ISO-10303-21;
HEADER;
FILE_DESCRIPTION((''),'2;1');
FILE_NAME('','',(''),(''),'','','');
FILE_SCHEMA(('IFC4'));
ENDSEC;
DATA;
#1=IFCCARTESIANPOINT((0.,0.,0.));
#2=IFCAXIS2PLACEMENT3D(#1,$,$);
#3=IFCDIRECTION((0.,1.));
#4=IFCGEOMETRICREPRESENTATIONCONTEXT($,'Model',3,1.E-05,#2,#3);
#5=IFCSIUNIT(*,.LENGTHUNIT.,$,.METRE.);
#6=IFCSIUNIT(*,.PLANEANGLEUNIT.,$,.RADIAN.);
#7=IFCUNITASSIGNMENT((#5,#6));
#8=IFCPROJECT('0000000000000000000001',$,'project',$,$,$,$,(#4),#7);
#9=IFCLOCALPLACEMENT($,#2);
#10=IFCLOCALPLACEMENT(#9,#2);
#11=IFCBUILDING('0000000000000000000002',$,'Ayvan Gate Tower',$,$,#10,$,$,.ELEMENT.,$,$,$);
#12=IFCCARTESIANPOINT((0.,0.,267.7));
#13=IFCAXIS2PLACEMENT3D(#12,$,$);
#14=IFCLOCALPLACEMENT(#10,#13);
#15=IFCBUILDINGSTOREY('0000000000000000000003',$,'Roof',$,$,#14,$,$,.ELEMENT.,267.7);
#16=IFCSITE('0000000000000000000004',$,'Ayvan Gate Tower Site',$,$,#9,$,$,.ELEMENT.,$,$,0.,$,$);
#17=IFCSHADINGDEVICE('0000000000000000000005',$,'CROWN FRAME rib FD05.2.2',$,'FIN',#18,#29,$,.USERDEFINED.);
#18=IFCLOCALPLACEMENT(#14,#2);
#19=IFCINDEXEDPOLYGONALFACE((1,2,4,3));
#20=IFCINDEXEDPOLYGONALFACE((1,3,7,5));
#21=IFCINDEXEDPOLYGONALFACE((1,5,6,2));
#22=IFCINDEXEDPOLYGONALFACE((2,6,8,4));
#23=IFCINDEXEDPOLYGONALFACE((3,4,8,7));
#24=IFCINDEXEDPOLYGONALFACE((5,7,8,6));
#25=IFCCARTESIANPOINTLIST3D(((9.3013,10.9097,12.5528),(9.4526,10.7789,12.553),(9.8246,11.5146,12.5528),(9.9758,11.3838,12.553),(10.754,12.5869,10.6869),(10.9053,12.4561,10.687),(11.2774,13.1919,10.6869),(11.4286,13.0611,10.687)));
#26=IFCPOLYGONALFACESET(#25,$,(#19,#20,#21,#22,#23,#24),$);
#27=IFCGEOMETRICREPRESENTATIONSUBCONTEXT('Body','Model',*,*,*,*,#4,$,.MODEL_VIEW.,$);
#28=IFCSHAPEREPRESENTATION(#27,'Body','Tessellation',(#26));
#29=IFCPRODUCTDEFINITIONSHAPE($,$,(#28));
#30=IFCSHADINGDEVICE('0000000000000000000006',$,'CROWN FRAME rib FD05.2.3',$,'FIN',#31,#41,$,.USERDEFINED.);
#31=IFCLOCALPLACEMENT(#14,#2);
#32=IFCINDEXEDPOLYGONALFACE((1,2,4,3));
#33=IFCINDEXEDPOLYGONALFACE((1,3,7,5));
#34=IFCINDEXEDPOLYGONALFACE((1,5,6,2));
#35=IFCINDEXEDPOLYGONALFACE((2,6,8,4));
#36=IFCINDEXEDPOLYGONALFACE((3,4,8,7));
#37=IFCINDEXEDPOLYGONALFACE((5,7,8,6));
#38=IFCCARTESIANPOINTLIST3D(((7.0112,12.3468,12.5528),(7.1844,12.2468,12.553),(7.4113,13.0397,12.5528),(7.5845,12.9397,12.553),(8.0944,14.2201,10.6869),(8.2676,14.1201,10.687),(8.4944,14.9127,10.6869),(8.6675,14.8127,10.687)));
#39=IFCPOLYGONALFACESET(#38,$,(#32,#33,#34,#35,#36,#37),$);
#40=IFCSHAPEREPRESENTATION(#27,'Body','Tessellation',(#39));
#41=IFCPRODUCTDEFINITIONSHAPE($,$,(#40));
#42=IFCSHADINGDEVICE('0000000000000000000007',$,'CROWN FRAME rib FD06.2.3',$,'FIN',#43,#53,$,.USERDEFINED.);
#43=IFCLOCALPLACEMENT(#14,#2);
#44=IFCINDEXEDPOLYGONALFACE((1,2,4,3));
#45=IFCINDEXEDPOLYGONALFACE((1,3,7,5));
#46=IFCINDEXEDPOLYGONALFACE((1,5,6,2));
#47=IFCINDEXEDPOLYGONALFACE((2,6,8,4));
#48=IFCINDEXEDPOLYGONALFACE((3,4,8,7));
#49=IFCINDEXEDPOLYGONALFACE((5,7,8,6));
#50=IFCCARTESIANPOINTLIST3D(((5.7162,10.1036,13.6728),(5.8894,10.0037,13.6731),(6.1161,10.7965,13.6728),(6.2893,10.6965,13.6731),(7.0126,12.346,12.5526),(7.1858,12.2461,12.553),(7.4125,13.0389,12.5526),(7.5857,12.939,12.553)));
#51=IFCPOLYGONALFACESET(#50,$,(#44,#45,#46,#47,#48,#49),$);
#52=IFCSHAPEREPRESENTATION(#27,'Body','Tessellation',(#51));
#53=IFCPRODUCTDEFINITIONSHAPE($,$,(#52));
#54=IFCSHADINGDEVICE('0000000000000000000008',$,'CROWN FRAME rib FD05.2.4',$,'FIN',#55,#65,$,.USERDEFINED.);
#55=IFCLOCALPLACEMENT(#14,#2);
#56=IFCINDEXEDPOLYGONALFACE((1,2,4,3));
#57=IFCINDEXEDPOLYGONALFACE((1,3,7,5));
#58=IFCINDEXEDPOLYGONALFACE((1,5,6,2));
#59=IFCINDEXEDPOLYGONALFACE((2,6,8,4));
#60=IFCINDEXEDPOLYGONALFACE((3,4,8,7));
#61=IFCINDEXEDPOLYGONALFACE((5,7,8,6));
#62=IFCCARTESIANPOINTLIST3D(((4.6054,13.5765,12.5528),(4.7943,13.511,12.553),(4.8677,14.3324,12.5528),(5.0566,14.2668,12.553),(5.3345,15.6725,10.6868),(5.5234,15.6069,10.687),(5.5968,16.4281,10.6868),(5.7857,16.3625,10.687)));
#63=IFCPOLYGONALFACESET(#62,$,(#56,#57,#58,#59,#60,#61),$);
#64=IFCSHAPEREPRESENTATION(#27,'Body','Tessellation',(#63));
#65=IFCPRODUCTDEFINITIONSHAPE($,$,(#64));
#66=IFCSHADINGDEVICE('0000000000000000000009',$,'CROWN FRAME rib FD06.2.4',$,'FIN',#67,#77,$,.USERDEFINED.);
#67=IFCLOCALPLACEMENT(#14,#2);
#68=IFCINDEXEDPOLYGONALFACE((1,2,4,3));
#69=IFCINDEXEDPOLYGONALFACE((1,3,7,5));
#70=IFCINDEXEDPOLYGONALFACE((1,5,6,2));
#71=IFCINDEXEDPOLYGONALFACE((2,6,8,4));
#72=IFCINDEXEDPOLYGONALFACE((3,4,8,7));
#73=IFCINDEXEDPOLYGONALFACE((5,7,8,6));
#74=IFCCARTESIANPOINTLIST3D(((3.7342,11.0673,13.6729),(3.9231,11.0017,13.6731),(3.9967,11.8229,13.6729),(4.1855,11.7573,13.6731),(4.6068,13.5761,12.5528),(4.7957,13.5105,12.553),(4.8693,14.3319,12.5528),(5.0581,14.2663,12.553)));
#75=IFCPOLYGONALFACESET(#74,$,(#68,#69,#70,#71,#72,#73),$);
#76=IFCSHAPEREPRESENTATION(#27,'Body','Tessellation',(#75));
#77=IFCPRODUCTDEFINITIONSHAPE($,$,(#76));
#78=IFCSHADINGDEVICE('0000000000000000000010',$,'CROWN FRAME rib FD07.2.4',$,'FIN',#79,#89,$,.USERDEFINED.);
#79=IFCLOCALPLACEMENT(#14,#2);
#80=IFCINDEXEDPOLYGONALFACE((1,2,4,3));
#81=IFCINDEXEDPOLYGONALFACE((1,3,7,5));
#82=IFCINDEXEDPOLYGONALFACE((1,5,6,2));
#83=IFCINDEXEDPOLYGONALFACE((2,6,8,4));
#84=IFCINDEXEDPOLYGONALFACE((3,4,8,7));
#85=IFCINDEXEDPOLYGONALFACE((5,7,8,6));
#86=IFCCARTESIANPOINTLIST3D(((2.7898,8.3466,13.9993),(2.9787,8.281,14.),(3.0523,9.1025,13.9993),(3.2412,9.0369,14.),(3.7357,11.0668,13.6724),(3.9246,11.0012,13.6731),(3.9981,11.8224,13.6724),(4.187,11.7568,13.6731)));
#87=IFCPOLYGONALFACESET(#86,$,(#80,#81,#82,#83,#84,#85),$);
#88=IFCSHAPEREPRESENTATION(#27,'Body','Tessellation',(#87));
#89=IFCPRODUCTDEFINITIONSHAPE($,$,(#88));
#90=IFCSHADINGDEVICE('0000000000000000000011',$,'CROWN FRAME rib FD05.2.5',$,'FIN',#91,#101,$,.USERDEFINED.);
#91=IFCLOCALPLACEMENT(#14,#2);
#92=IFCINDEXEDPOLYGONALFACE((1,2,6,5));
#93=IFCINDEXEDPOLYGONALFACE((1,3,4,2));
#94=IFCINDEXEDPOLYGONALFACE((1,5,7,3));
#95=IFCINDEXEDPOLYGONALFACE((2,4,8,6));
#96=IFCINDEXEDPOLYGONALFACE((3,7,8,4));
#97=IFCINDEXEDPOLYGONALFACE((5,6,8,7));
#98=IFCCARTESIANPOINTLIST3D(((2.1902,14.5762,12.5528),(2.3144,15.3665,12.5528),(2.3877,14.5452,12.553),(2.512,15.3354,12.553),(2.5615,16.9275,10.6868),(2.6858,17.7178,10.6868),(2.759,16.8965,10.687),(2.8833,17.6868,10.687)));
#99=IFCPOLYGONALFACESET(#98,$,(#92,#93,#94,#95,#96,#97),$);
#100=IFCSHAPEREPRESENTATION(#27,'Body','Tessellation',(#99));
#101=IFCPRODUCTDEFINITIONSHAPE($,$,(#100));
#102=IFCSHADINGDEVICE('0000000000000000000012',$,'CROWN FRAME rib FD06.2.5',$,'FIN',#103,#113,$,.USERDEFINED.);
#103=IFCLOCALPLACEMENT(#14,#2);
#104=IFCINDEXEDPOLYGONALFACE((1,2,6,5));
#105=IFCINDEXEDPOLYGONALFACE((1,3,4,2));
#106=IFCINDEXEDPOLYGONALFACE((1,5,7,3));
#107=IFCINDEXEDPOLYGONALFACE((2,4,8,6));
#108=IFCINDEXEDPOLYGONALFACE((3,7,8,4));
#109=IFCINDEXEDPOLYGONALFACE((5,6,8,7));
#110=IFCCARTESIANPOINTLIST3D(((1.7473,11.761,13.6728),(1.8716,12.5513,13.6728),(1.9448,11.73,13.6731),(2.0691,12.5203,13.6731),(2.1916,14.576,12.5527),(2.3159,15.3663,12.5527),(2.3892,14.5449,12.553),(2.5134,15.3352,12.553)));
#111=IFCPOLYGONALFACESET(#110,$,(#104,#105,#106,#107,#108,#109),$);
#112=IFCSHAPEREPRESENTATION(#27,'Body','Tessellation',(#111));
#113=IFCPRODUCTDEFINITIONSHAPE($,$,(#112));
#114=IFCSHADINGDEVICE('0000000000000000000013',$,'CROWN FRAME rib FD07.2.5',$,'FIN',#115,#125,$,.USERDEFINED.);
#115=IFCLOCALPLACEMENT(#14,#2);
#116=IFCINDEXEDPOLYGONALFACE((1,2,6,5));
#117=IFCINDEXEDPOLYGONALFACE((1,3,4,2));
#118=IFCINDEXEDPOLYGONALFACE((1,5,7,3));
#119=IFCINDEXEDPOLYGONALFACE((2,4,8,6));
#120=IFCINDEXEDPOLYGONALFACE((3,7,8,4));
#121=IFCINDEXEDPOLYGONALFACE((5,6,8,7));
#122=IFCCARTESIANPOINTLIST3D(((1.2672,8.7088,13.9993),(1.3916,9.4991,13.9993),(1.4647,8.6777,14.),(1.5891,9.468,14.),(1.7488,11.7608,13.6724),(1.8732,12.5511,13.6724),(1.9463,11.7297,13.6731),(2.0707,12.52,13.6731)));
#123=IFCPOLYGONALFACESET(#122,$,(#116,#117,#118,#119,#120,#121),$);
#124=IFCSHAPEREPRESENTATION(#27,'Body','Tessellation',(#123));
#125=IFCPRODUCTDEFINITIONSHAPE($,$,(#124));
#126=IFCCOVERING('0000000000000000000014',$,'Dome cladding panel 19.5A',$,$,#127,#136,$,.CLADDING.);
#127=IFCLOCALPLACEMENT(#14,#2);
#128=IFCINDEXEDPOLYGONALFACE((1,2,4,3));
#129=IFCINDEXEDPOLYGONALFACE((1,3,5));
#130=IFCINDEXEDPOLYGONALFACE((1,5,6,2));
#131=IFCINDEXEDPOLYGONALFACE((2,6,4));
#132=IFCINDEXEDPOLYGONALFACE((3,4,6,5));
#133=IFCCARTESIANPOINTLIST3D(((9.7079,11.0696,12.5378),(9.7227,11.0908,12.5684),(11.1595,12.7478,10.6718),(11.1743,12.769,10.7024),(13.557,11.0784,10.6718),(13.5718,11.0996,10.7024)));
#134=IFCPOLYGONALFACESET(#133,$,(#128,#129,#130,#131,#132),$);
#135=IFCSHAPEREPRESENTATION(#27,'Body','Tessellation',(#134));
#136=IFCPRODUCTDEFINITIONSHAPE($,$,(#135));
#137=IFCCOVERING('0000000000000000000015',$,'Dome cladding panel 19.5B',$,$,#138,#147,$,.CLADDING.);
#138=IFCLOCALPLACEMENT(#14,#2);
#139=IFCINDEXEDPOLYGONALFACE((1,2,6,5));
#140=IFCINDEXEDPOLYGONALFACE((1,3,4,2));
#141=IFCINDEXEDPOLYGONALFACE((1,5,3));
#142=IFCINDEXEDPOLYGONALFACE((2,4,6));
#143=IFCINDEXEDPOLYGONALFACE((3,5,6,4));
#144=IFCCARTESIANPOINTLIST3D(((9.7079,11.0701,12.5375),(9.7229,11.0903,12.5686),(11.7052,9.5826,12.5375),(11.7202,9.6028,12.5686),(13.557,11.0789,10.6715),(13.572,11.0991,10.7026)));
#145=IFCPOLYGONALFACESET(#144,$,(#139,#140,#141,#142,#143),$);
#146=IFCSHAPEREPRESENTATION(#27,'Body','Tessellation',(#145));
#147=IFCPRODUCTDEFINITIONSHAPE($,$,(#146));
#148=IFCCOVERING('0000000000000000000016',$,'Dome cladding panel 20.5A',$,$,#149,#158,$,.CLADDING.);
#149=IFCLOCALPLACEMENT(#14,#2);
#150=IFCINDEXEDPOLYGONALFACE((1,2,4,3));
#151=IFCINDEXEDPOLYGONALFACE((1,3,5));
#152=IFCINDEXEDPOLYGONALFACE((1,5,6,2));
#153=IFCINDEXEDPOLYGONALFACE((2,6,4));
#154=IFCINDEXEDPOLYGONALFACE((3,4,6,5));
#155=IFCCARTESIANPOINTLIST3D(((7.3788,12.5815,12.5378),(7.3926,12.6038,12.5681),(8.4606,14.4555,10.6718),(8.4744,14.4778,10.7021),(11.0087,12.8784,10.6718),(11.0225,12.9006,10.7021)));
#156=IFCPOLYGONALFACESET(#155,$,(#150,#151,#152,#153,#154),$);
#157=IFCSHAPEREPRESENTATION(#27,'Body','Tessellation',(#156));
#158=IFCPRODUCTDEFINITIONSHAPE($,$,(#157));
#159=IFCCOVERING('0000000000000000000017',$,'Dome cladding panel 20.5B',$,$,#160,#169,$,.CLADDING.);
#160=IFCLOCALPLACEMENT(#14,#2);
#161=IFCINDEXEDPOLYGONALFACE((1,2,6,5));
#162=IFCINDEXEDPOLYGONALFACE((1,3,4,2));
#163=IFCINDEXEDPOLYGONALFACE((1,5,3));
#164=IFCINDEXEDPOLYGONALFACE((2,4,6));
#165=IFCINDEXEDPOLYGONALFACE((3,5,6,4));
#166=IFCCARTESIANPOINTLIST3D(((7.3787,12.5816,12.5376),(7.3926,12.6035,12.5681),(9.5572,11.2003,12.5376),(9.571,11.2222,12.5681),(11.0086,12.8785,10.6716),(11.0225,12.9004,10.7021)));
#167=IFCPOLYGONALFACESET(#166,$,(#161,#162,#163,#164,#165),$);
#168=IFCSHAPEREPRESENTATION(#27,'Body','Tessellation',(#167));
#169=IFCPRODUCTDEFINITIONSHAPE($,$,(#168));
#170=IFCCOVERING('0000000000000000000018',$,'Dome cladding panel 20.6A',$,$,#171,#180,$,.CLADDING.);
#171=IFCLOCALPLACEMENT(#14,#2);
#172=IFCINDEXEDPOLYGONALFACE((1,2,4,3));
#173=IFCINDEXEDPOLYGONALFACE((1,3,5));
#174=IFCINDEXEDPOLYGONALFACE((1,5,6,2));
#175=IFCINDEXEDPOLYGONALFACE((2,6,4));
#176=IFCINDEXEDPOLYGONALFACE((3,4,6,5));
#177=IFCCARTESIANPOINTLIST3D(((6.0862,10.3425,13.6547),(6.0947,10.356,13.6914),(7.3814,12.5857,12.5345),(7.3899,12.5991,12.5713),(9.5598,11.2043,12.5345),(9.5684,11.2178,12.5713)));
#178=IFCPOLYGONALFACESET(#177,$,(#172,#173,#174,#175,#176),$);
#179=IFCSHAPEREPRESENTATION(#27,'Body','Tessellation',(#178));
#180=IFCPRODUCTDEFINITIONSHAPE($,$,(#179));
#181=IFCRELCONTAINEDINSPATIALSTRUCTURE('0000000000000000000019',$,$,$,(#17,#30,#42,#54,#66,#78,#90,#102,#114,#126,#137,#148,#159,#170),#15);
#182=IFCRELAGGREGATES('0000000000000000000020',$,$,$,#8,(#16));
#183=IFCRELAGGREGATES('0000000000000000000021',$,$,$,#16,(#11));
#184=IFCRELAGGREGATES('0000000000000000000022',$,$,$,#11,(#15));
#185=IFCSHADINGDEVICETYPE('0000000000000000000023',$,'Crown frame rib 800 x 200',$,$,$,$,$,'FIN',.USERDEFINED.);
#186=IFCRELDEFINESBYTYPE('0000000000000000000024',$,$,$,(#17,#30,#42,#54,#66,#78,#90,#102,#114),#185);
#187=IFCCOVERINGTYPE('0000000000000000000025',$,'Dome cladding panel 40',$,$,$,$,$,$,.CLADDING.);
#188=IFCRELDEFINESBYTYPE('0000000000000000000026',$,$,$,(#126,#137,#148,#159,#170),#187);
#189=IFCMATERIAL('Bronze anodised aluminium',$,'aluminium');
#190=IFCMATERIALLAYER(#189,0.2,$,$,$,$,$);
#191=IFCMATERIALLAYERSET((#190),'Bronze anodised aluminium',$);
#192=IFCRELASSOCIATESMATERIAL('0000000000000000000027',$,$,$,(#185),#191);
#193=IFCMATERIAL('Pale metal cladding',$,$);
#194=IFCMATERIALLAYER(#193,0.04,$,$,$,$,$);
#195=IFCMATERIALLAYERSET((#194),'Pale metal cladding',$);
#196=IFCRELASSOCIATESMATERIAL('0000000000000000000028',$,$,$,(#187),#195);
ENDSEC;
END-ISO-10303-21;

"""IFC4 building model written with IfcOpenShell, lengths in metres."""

from ifc_helpers import new_model, si_unit, direction, frame, origin, place, context, subcontext, project, spatial, polyline, outline, extrude, material, layer, layer_set, type_object, element, save


model = new_model("IFC4")

# Units and contexts
model_context = context("Model", 3, precision=1e-05, world=origin(), true_north=direction((0.0, 1.0)))
body_context = subcontext(model_context, "Body", "Model", "MODEL_VIEW")
ifc_project = project(units=[si_unit("LENGTHUNIT", "METRE"), si_unit("PLANEANGLEUNIT", "RADIAN")], contexts=[model_context])

# Site, building, storey
site_placement = place(None, origin())
site = spatial("IfcSite", under=ifc_project, at=site_placement, Name="Ayvan Gate Tower Site", CompositionType="ELEMENT", RefElevation=0.0)
building_placement = place(site_placement, origin())
building = spatial("IfcBuilding", under=site, at=building_placement, Name="Ayvan Gate Tower", CompositionType="ELEMENT")
storey_placement = place(building_placement, frame((0.0, 0.0, 267.7)))
storey = spatial("IfcBuildingStorey", under=building, at=storey_placement, Name="Roof", CompositionType="ELEMENT", Elevation=267.7)

# Shading devices
ifc_material_1 = material(Name="Bronze anodised aluminium", Category="aluminium")
ifc_layer_1 = layer(ifc_material_1, 0.2)
ifc_layer_set_1 = layer_set([ifc_layer_1], Name="Bronze anodised aluminium")
shading_device_type = type_object("IfcShadingDeviceType", Name="Crown frame rib 800 x 200", ElementType="FIN", PredefinedType="USERDEFINED", material=ifc_layer_set_1)
shading_device_1_placement = place(storey_placement, frame((10.9053, 12.4561, 10.687), z_axis=(0.756308, -0.654215, 0.000778), x_axis=(0.654216, 0.756308, 0.0)))
element("IfcShadingDevice", 1, at=shading_device_1_placement, inside=storey, type_object=shading_device_type, Name="CROWN FRAME rib FD05.2.2", ObjectType="FIN", PredefinedType="USERDEFINED", context=body_context, shape_type="SweptSolid", body=[
    extrude(outline(polyline([(0.0, 0.0), (0.8, 0.0), (-1.419, 1.866), (-2.2189, 1.866), (0.0, 0.0)])), origin(), (0.0, 0.0, -1.0), 0.2),
])
shading_device_2_placement = place(storey_placement, frame((8.2676, 14.1201, 10.687), z_axis=(0.86599, -0.500061, 0.000686), x_axis=(0.500061, 0.86599, 0.0)))
element("IfcShadingDevice", 2, at=shading_device_2_placement, inside=storey, type_object=shading_device_type, Name="CROWN FRAME rib FD05.2.3", ObjectType="FIN", PredefinedType="USERDEFINED", context=body_context, shape_type="SweptSolid", body=[
    extrude(outline(polyline([(0.0, 0.0), (0.7998, 0.0), (-1.3638, 1.866), (-2.1639, 1.866), (0.0, 0.0)])), origin(), (0.0, 0.0, -1.0), 0.2),
])
shading_device_3_placement = place(storey_placement, frame((7.1858, 12.2461, 12.553), z_axis=(0.866093, -0.49988, 0.001646), x_axis=(0.499881, 0.866094, 0.0)))
element("IfcShadingDevice", 3, at=shading_device_3_placement, inside=storey, type_object=shading_device_type, Name="CROWN FRAME rib FD06.2.3", ObjectType="FIN", PredefinedType="USERDEFINED", context=body_context, shape_type="SweptSolid", body=[
    extrude(outline(polyline([(0.0, 0.0), (0.8, 0.0), (-1.7902, 1.1201), (-2.5902, 1.1201), (0.0, 0.0)])), origin(), (0.0, 0.0, -1.0), 0.2),
])
shading_device_4_placement = place(storey_placement, frame((5.5234, 15.6069, 10.687), z_axis=(0.944704, -0.327923, 0.000825), x_axis=(0.327923, 0.944705, 0.0)))
element("IfcShadingDevice", 4, at=shading_device_4_placement, inside=storey, type_object=shading_device_type, Name="CROWN FRAME rib FD05.2.4", ObjectType="FIN", PredefinedType="USERDEFINED", context=body_context, shape_type="SweptSolid", body=[
    extrude(outline(polyline([(0.0, 0.0), (0.7998, 0.0), (-1.4191, 1.866), (-2.2192, 1.866), (0.0, 0.0)])), origin(), (0.0, 0.0, -1.0), 0.2),
])
shading_device_5_placement = place(storey_placement, frame((4.7957, 13.5105, 12.553), z_axis=(0.944657, -0.328059, 0.00107), x_axis=(0.328059, 0.944657, 0.0)))
element("IfcShadingDevice", 5, at=shading_device_5_placement, inside=storey, type_object=shading_device_type, Name="CROWN FRAME rib FD06.2.4", ObjectType="FIN", PredefinedType="USERDEFINED", context=body_context, shape_type="SweptSolid", body=[
    extrude(outline(polyline([(0.0, 0.0), (0.8001, 0.0), (-1.8563, 1.1201), (-2.6562, 1.1201), (0.0, 0.0)])), origin(), (0.0, 0.0, -1.0), 0.2),
])
shading_device_6_placement = place(storey_placement, frame((3.9246, 11.0012, 13.6731), z_axis=(0.944652, -0.328057, 0.003385), x_axis=(0.328059, 0.944657, 0.0)))
element("IfcShadingDevice", 6, at=shading_device_6_placement, inside=storey, type_object=shading_device_type, Name="CROWN FRAME rib FD07.2.4", ObjectType="FIN", PredefinedType="USERDEFINED", context=body_context, shape_type="SweptSolid", body=[
    extrude(outline(polyline([(0.0, 0.0), (0.7999, 0.0), (-2.0798, 0.3269), (-2.8799, 0.3269), (0.0, 0.0)])), origin(), (0.0, 0.0, -1.0), 0.2),
])
shading_device_7_placement = place(storey_placement, frame((2.759, 16.8965, 10.687), z_axis=(0.987861, -0.155336, 0.00085), x_axis=(0.155336, 0.987862, 0.0)))
element("IfcShadingDevice", 7, at=shading_device_7_placement, inside=storey, type_object=shading_device_type, Name="CROWN FRAME rib FD05.2.5", ObjectType="FIN", PredefinedType="USERDEFINED", context=body_context, shape_type="SweptSolid", body=[
    extrude(outline(polyline([(0.0, 0.0), (0.8, 0.0), (-1.5805, 1.866), (-2.3805, 1.866), (0.0, 0.0)])), origin(), (0.0, 0.0, -1.0), 0.2),
])
shading_device_8_placement = place(storey_placement, frame((2.3892, 14.5449, 12.553), z_axis=(0.987861, -0.155336, 0.001501), x_axis=(0.155336, 0.987862, 0.0)))
element("IfcShadingDevice", 8, at=shading_device_8_placement, inside=storey, type_object=shading_device_type, Name="CROWN FRAME rib FD06.2.5", ObjectType="FIN", PredefinedType="USERDEFINED", context=body_context, shape_type="SweptSolid", body=[
    extrude(outline(polyline([(0.0, 0.0), (0.8, 0.0), (-2.0498, 1.1201), (-2.8498, 1.1201), (0.0, 0.0)])), origin(), (0.0, 0.0, -1.0), 0.2),
])
shading_device_9_placement = place(storey_placement, frame((1.9463, 11.7297, 13.6731), z_axis=(0.987832, -0.155484, 0.003583), x_axis=(0.155485, 0.987838, 0.000001)))
element("IfcShadingDevice", 9, at=shading_device_9_placement, inside=storey, type_object=shading_device_type, Name="CROWN FRAME rib FD07.2.5", ObjectType="FIN", PredefinedType="USERDEFINED", context=body_context, shape_type="SweptSolid", body=[
    extrude(outline(polyline([(0.0, 0.0), (0.8, 0.0), (-2.2897, 0.3269), (-3.0898, 0.3269), (0.0, 0.0)])), origin(), (0.0, 0.0, -1.0), 0.2),
])

# Coverings
ifc_material_2 = material(Name="Pale metal cladding")
ifc_layer_2 = layer(ifc_material_2, 0.04)
ifc_layer_set_2 = layer_set([ifc_layer_2], Name="Pale metal cladding")
covering_type = type_object("IfcCoveringType", Name="Dome cladding panel 40", PredefinedType="CLADDING", material=ifc_layer_set_2)
covering_1_placement = place(storey_placement, frame((13.5718, 11.0996, 10.7024), z_axis=(0.368969, 0.529874, 0.763607), x_axis=(-0.820643, 0.571441, 0.0)))
element("IfcCovering", 10, at=covering_1_placement, inside=storey, type_object=covering_type, Name="Dome cladding panel 19.5A", PredefinedType="CLADDING", context=body_context, shape_type="SweptSolid", body=[
    extrude(outline(polyline([(0.0, 0.0), (2.9214, 0.0), (3.1537, 2.8899), (0.0, 0.0)])), origin(), (0.0, 0.0, -1.0), 0.04),
])
covering_2_placement = place(storey_placement, frame((13.572, 11.0991, 10.7026), z_axis=(0.375714, 0.504467, 0.777401), x_axis=(-0.899837, -0.002055, 0.436221)))
element("IfcCovering", 11, at=covering_2_placement, inside=storey, type_object=covering_type, Name="Dome cladding panel 19.5B", PredefinedType="CLADDING", context=body_context, shape_type="SweptSolid", body=[
    extrude(outline(polyline([(0.0, 0.0), (4.2776, 0.0), (2.4834, 1.7271), (0.0, 0.0)])), origin(), (0.0, 0.0, -1.0), 0.04),
])
covering_3_placement = place(storey_placement, frame((11.0225, 12.9006, 10.7021), z_axis=(0.343794, 0.555445, 0.757157), x_axis=(-0.850302, 0.526296, 0.0)))
element("IfcCovering", 12, at=covering_3_placement, inside=storey, type_object=covering_type, Name="Dome cladding panel 20.5A", PredefinedType="CLADDING", context=body_context, shape_type="SweptSolid", body=[
    extrude(outline(polyline([(0.0, 0.0), (2.9967, 0.0), (2.9303, 2.8565), (0.0, 0.0)])), origin(), (0.0, 0.0, -1.0), 0.04),
])
covering_4_placement = place(storey_placement, frame((11.0225, 12.9004, 10.7021), z_axis=(0.346886, 0.547059, 0.761837), x_axis=(-0.887027, -0.072547, 0.455982)))
element("IfcCovering", 13, at=covering_4_placement, inside=storey, type_object=covering_type, Name="Dome cladding panel 20.5B", PredefinedType="CLADDING", context=body_context, shape_type="SweptSolid", body=[
    extrude(outline(polyline([(0.0, 0.0), (4.0922, 0.0), (2.26, 1.8158), (0.0, 0.0)])), origin(), (0.0, 0.0, -1.0), 0.04),
])
covering_5_placement = place(storey_placement, frame((9.5684, 11.2178, 12.5713), z_axis=(0.212707, 0.335452, 0.91773), x_axis=(-0.844529, 0.535509, 0.0)))
element("IfcCovering", 14, at=covering_5_placement, inside=storey, type_object=covering_type, Name="Dome cladding panel 20.6A", PredefinedType="CLADDING", context=body_context, shape_type="SweptSolid", body=[
    extrude(outline(polyline([(0.0, 0.0), (2.5795, 0.0), (2.4721, 2.82), (0.0, 0.0)])), origin(), (0.0, 0.0, -1.0), 0.04),
])

save(model, "model.ifc")
